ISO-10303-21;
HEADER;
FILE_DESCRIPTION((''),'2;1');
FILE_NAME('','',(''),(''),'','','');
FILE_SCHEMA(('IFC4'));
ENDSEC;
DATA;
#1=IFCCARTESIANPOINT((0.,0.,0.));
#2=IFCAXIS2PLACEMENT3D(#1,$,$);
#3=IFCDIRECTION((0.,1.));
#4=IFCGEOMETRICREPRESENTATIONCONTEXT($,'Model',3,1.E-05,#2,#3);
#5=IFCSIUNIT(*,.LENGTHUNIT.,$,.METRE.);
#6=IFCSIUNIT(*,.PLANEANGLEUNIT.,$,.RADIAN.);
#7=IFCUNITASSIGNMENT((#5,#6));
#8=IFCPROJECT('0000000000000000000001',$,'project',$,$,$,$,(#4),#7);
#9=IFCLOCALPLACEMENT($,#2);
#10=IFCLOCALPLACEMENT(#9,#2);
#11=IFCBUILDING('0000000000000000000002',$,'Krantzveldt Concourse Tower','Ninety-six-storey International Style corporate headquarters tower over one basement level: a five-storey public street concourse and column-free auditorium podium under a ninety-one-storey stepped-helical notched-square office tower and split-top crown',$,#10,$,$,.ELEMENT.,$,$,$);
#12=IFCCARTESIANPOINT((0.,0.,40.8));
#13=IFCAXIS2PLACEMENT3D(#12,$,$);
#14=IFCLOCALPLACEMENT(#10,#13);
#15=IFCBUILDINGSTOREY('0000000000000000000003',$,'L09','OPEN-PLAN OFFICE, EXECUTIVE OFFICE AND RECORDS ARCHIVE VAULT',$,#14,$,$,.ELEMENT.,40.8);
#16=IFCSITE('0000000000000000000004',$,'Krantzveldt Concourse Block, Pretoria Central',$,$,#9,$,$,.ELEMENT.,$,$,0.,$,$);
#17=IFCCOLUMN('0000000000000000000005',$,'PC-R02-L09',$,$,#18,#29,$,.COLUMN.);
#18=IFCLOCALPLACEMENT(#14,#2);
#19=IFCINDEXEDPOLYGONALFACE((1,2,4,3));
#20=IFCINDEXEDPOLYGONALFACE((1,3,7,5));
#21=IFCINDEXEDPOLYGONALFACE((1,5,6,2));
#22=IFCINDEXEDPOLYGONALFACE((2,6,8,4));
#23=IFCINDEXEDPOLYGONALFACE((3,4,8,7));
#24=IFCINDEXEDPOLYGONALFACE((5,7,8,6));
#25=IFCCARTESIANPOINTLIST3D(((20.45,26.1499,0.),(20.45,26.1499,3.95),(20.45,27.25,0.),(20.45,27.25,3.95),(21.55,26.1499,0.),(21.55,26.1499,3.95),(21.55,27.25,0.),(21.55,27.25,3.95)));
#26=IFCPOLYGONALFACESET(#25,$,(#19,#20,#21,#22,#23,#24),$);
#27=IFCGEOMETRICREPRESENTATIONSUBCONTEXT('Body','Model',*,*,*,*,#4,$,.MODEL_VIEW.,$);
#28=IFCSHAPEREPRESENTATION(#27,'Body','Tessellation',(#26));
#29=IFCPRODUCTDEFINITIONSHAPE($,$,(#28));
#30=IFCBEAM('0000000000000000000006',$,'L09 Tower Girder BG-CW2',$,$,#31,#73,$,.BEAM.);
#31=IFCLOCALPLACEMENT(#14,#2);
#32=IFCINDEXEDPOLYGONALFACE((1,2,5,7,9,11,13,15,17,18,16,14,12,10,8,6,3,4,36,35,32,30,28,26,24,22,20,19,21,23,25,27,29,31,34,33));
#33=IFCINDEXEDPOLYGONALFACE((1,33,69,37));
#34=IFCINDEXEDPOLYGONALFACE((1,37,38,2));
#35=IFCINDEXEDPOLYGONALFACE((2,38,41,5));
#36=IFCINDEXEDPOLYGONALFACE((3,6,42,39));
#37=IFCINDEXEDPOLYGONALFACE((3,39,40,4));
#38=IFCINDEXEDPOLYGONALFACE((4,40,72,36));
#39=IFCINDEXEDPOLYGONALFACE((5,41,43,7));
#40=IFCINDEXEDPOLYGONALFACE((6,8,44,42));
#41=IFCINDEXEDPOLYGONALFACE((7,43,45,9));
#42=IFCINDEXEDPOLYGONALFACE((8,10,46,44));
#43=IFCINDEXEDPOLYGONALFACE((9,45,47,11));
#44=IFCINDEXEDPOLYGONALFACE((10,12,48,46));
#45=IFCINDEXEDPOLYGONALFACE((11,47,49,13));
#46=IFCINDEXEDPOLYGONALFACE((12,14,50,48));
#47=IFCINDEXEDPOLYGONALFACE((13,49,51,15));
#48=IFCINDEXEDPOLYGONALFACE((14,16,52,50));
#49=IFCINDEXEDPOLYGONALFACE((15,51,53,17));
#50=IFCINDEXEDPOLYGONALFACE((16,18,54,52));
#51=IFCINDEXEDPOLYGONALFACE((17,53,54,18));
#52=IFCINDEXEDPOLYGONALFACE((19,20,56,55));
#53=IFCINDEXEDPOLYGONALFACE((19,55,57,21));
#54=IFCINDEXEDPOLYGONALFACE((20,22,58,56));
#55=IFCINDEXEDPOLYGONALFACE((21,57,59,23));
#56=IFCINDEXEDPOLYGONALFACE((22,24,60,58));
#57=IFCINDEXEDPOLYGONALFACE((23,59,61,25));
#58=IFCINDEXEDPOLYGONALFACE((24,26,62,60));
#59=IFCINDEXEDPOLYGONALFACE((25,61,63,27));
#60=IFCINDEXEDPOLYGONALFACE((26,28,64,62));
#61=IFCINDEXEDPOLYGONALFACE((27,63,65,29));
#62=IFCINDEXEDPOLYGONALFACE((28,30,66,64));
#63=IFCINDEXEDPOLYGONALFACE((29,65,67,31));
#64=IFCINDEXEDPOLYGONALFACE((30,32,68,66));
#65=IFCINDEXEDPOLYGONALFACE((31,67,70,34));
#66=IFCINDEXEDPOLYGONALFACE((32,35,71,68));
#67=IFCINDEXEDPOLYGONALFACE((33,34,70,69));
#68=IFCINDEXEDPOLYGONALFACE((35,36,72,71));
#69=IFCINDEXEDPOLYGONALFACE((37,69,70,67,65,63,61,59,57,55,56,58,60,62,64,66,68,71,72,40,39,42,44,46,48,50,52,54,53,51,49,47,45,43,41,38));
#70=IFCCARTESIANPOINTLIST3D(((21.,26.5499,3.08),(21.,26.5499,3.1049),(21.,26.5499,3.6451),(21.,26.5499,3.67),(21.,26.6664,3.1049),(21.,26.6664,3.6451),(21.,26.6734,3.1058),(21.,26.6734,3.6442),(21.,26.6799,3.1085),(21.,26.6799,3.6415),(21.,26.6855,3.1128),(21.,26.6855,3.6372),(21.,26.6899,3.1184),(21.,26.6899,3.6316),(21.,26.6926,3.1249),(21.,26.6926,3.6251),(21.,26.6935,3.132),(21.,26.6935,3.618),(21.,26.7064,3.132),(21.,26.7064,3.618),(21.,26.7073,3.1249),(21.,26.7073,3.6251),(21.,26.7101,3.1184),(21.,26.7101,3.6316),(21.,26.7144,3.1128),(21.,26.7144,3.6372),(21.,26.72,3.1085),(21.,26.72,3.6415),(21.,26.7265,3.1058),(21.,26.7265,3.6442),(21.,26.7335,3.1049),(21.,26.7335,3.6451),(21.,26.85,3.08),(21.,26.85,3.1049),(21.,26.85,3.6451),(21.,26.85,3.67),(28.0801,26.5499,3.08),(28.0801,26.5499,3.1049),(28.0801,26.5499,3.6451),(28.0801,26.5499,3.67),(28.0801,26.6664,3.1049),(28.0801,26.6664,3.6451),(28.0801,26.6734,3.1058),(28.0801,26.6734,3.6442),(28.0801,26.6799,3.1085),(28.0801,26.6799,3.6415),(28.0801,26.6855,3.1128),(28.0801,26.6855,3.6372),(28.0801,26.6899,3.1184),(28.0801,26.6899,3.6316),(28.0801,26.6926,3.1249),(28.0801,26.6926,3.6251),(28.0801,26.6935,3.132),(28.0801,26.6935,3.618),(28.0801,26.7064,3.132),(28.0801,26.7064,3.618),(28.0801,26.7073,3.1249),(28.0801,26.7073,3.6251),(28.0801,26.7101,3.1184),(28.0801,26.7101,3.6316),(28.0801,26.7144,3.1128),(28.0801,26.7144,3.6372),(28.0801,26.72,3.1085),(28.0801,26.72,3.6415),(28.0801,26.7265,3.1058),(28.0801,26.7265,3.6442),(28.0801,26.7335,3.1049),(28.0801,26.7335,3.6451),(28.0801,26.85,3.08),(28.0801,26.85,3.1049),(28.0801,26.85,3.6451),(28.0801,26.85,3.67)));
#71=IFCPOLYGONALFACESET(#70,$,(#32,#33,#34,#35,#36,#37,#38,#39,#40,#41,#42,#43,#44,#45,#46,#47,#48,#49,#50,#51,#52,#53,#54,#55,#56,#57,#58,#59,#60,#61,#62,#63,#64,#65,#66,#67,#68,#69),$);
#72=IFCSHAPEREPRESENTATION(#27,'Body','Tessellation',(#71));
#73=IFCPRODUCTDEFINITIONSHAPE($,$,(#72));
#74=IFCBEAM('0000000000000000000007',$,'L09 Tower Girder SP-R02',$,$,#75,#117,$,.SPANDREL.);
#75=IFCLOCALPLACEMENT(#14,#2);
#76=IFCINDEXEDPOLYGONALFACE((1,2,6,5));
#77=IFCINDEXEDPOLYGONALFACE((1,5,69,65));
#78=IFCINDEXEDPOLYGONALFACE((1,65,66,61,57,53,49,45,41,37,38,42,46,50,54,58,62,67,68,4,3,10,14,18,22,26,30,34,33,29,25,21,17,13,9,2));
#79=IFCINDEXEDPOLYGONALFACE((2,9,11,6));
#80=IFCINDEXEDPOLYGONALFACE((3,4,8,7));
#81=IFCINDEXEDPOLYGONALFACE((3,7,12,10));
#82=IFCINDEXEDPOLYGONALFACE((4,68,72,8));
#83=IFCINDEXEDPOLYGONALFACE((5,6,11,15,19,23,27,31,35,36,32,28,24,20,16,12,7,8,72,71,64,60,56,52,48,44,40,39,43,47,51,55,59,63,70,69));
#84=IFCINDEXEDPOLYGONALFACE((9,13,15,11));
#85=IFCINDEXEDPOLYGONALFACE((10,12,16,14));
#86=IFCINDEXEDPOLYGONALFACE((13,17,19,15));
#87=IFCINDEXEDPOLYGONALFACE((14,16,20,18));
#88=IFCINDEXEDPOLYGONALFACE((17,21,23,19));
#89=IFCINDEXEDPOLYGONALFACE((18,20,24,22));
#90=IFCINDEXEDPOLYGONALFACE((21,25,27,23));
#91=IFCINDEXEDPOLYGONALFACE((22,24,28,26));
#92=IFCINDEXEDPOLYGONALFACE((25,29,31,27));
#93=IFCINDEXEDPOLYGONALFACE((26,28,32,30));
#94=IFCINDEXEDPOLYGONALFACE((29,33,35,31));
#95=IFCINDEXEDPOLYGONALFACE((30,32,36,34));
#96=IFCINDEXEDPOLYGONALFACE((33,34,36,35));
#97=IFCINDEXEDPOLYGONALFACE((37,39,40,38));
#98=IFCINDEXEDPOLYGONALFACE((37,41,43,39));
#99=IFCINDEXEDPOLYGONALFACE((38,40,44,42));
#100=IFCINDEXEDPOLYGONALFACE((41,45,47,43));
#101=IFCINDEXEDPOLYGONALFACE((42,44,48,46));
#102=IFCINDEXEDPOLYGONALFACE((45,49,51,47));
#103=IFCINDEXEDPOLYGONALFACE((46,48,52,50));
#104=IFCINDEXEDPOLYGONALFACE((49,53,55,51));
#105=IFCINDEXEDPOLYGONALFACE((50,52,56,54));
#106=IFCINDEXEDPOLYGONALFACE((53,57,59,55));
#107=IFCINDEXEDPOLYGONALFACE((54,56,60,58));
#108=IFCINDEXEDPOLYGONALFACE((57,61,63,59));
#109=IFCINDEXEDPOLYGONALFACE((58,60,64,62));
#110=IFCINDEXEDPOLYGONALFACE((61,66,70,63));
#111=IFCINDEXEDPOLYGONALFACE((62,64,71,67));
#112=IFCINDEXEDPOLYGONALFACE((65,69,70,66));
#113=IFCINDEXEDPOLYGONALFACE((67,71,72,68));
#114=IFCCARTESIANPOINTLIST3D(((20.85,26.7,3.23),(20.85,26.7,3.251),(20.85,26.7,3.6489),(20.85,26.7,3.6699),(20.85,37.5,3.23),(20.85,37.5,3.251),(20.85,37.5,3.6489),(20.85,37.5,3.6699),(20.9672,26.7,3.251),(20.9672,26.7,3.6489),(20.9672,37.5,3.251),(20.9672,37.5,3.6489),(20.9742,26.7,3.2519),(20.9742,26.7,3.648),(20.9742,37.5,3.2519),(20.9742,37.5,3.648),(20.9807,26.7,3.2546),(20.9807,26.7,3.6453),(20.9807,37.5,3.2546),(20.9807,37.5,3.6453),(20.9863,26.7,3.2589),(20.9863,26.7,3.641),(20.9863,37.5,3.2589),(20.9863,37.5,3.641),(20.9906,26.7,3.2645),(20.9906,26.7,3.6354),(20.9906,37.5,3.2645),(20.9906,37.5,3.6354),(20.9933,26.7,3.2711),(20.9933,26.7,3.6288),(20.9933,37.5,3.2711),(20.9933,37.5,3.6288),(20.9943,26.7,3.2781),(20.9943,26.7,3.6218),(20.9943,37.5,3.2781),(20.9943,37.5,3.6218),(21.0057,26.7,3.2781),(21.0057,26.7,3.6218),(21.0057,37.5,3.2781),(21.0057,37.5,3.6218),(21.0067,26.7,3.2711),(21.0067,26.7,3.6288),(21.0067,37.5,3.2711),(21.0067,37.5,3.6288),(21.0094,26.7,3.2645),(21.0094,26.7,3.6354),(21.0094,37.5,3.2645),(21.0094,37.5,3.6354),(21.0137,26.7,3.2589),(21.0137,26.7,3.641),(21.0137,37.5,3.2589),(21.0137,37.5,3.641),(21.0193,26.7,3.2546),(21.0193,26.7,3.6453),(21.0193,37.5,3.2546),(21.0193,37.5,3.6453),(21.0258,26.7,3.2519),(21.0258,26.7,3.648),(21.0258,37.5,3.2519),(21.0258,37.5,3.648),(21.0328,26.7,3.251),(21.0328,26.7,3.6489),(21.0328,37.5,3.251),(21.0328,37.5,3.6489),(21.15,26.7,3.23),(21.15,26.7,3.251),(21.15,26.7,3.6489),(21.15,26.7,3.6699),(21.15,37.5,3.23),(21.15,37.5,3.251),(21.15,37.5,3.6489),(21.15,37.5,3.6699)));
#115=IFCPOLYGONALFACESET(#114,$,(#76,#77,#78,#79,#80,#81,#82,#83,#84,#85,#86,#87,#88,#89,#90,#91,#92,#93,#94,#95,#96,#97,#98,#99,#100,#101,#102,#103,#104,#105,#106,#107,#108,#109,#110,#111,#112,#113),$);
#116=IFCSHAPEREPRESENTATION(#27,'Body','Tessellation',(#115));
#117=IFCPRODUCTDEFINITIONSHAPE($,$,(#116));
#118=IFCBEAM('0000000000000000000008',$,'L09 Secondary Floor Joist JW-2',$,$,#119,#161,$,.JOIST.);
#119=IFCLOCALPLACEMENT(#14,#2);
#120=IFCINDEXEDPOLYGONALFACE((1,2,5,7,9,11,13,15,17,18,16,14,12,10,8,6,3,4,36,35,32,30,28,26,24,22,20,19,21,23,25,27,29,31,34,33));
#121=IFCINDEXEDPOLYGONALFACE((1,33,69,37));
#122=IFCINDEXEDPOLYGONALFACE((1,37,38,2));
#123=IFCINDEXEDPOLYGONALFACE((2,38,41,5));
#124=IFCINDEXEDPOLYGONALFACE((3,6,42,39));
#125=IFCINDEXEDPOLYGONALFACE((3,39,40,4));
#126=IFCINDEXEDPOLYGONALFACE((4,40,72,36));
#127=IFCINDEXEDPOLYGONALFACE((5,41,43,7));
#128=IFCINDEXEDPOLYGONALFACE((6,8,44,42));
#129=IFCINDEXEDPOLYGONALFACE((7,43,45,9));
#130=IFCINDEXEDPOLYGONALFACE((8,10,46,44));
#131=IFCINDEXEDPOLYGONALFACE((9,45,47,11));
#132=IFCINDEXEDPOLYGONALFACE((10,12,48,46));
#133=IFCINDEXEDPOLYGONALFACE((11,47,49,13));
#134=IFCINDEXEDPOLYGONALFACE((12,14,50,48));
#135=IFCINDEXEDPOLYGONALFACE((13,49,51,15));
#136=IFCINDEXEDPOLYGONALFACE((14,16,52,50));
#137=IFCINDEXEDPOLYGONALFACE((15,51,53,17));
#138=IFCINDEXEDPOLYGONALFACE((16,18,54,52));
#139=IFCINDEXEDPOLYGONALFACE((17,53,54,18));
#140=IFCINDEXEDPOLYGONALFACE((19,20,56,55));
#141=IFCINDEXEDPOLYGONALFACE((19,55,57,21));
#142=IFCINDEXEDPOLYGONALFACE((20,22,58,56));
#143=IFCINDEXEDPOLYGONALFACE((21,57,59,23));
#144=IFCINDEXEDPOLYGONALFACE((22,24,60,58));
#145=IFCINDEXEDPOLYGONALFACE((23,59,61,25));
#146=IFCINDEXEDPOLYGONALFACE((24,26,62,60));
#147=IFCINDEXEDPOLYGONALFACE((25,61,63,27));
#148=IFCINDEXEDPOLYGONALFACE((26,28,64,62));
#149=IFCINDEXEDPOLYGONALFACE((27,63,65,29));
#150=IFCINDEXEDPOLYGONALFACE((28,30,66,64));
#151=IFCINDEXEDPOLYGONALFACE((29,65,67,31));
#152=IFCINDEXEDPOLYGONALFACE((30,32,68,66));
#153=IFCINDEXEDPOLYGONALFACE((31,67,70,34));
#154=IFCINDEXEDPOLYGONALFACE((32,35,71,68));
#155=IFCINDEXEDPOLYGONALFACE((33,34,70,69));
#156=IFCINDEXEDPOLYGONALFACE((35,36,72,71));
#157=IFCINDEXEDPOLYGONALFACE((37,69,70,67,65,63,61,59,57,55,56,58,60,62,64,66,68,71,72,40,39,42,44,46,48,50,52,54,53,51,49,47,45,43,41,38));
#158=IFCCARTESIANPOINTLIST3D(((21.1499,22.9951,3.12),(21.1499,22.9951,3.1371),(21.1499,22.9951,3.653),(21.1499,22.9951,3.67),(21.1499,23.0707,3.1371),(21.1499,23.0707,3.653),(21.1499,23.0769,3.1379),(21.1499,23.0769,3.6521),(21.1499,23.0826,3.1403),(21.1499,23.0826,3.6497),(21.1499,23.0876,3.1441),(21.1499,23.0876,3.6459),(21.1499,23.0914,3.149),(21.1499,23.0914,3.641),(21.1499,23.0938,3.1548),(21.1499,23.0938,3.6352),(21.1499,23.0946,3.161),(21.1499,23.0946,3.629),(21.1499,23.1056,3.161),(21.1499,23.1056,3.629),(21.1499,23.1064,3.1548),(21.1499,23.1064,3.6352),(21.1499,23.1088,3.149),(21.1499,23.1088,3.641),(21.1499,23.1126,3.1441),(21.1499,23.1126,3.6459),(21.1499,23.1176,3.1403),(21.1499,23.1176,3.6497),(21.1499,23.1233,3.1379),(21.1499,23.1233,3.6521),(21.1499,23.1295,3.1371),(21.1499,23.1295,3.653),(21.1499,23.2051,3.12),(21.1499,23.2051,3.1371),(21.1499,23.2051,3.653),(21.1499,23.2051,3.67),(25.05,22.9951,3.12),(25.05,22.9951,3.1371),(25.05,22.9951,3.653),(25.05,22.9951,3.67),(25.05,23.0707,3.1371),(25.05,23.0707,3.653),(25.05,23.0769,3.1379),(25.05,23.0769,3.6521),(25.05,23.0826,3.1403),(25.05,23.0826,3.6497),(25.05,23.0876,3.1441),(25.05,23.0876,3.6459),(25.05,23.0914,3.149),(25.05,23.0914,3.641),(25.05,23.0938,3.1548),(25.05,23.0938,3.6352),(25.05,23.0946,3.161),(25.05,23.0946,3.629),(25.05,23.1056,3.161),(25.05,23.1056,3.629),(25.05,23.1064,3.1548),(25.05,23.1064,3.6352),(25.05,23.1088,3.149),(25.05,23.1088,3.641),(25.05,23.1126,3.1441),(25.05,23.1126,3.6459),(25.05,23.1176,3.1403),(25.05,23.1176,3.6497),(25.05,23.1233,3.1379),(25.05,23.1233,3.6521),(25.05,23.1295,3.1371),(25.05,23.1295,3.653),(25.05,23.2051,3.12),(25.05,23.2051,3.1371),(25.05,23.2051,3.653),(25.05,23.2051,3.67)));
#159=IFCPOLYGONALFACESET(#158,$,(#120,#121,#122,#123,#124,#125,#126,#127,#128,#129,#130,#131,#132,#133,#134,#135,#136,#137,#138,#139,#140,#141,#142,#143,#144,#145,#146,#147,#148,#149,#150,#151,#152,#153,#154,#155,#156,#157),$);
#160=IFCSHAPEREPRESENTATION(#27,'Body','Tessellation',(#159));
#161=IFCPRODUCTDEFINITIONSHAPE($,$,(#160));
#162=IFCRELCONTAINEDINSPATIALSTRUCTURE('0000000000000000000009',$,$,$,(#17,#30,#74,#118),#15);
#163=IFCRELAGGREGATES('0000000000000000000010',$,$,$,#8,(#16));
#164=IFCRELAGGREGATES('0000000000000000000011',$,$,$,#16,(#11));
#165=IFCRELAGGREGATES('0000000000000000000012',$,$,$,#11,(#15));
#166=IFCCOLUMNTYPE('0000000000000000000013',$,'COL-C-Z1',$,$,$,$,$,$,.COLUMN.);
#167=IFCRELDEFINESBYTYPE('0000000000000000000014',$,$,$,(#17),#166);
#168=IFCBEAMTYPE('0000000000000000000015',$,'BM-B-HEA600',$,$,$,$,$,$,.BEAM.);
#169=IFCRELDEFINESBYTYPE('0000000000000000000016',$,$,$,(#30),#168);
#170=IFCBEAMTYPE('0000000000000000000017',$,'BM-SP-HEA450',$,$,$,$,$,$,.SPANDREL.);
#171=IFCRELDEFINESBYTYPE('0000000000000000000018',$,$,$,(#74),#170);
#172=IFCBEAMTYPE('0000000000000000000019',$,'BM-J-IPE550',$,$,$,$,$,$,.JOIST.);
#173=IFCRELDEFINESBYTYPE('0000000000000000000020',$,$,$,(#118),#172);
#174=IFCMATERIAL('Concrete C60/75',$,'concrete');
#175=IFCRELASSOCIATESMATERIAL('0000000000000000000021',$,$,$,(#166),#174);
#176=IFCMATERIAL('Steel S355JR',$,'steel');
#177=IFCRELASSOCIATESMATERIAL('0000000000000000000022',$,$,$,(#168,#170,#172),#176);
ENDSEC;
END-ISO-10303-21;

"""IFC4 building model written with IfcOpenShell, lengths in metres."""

from ifc_helpers import new_model, si_unit, direction, frame, origin, origin_2d, place, context, subcontext, project, spatial, rectangle, i_section, extrude, source, transform, mapped, material, material_profile, profile_set, type_object, type_shapes, element, save


model = new_model("IFC4")

# Units and contexts
model_context = context("Model", 3, precision=1e-05, world=origin(), true_north=direction((0.0, 1.0)))
body_context = subcontext(model_context, "Body", "Model", "MODEL_VIEW")
ifc_project = project(units=[si_unit("LENGTHUNIT", "METRE"), si_unit("PLANEANGLEUNIT", "RADIAN")], contexts=[model_context])

# Site, building, storey
site_placement = place(None, origin())
site = spatial("IfcSite", under=ifc_project, at=site_placement, Name="Krantzveldt Concourse Block, Pretoria Central", CompositionType="ELEMENT", RefElevation=0.0)
building_placement = place(site_placement, origin())
building = spatial("IfcBuilding", under=site, at=building_placement, Name="Krantzveldt Concourse Tower", Description="Ninety-six-storey International Style corporate headquarters tower over one basement level: a five-storey public street concourse and column-free auditorium podium under a ninety-one-storey stepped-helical notched-square office tower and split-top crown", CompositionType="ELEMENT")
storey_placement = place(building_placement, frame((0.0, 0.0, 40.8)))
storey = spatial("IfcBuildingStorey", under=building, at=storey_placement, Name="L09", Description="OPEN-PLAN OFFICE, EXECUTIVE OFFICE AND RECORDS ARCHIVE VAULT", CompositionType="ELEMENT", Elevation=40.8)

# Column
ifc_material_1 = material(Name="Concrete C60/75", Category="concrete")
ifc_material_profile_1 = material_profile(ifc_material_1, rectangle(XDim=1.1001, YDim=1.1001, at=origin_2d()), Name="Concrete C60/75", Category="concrete")
ifc_profile_set_1 = profile_set([ifc_material_profile_1], Name="Concrete C60/75 - RC 1100x1100")
column_type = type_object("IfcColumnType", Name="COL-C-Z1", PredefinedType="COLUMN", material=ifc_profile_set_1)
shared_shape_1 = source(origin(), body_context, "Body", "SweptSolid", [
    extrude(rectangle(XDim=1.1001, YDim=1.1001, at=origin_2d()), origin(), (0.0, 0.0, 1.0), 3.95),
])
type_shapes(column_type, [shared_shape_1])
column_placement = place(storey_placement, frame((21.0, 26.7, 0.0), z_axis=(0.0, 0.0, 1.0), x_axis=(1.0, 0.0, 0.0)))
element("IfcColumn", 1, at=column_placement, inside=storey, type_object=column_type, Name="PC-R02-L09", PredefinedType="COLUMN", context=body_context, shape_type="MappedRepresentation", body=[
    mapped(shared_shape_1, transform((0.0, 0.0, 0.0), x_axis=(1.0, 0.0, 0.0), y_axis=(0.0, 1.0, 0.0), z_axis=(0.0, 0.0, 1.0), scale=1.0)),
])

# Beams
ifc_material_2 = material(Name="Steel S355JR", Category="steel")
ifc_material_profile_2 = material_profile(ifc_material_2, i_section(OverallWidth=0.3, OverallDepth=0.5901, WebThickness=0.0129, FlangeThickness=0.0249, FilletRadius=0.0271, at=origin_2d()), Name="Steel S355JR", Category="steel")
ifc_profile_set_2 = profile_set([ifc_material_profile_2], Name="Steel S355JR - HEA 600")
beam_type_1 = type_object("IfcBeamType", Name="BM-B-HEA600", PredefinedType="BEAM", material=ifc_profile_set_2)
shared_shape_2 = source(origin(), body_context, "Body", "SweptSolid", [
    extrude(i_section(OverallWidth=0.3, OverallDepth=0.5901, WebThickness=0.0129, FlangeThickness=0.0249, FilletRadius=0.0271, at=origin_2d()), origin(), (0.0, 0.0, 1.0), 7.0801),
])
type_shapes(beam_type_1, [shared_shape_2])
beam_1_placement = place(storey_placement, frame((21.0, 26.7, 3.375), z_axis=(1.0, 0.0, 0.0), x_axis=(0.0, 1.0, 0.0)))
element("IfcBeam", 2, at=beam_1_placement, inside=storey, type_object=beam_type_1, Name="L09 Tower Girder BG-CW2", PredefinedType="BEAM", context=body_context, shape_type="MappedRepresentation", body=[
    mapped(shared_shape_2, transform((0.0, 0.0, 0.0), x_axis=(1.0, 0.0, 0.0), y_axis=(0.0, 1.0, 0.0), z_axis=(0.0, 0.0, 1.0), scale=1.0)),
])
ifc_material_profile_3 = material_profile(ifc_material_2, i_section(OverallWidth=0.3, OverallDepth=0.4399, WebThickness=0.0115, FlangeThickness=0.021, FilletRadius=0.0271, at=origin_2d()), Name="Steel S355JR", Category="steel")
ifc_profile_set_3 = profile_set([ifc_material_profile_3], Name="Steel S355JR - HEA 450")
beam_type_2 = type_object("IfcBeamType", Name="BM-SP-HEA450", PredefinedType="SPANDREL", material=ifc_profile_set_3)
shared_shape_3 = source(origin(), body_context, "Body", "SweptSolid", [
    extrude(i_section(OverallWidth=0.3, OverallDepth=0.4399, WebThickness=0.0115, FlangeThickness=0.021, FilletRadius=0.0271, at=origin_2d()), origin(), (0.0, 0.0, 1.0), 10.8),
])
type_shapes(beam_type_2, [shared_shape_3])
beam_2_placement = place(storey_placement, frame((21.0, 26.7, 3.45), z_axis=(0.0, 1.0, 0.0), x_axis=(-1.0, 0.0, 0.0)))
element("IfcBeam", 3, at=beam_2_placement, inside=storey, type_object=beam_type_2, Name="L09 Tower Girder SP-R02", PredefinedType="SPANDREL", context=body_context, shape_type="MappedRepresentation", body=[
    mapped(shared_shape_3, transform((0.0, 0.0, 0.0), x_axis=(1.0, 0.0, 0.0), y_axis=(0.0, 1.0, 0.0), z_axis=(0.0, 0.0, 1.0), scale=1.0)),
])
ifc_material_profile_4 = material_profile(ifc_material_2, i_section(OverallWidth=0.21, OverallDepth=0.55, WebThickness=0.011, FlangeThickness=0.0171, FilletRadius=0.0239, at=origin_2d()), Name="Steel S355JR", Category="steel")
ifc_profile_set_4 = profile_set([ifc_material_profile_4], Name="Steel S355JR - IPE 550")
beam_type_3 = type_object("IfcBeamType", Name="BM-J-IPE550", PredefinedType="JOIST", material=ifc_profile_set_4)
shared_shape_4 = source(origin(), body_context, "Body", "SweptSolid", [
    extrude(i_section(OverallWidth=0.21, OverallDepth=0.55, WebThickness=0.011, FlangeThickness=0.0171, FilletRadius=0.0239, at=origin_2d()), origin(), (0.0, 0.0, 1.0), 3.9001),
])
type_shapes(beam_type_3, [shared_shape_4])
for number, where, z_axis, x_axis, name in (
    (4, (21.1499, 23.1001, 3.395), (1.0, 0.0, 0.0), (0.0, 1.0, 0.0), "L09 Secondary Floor Joist JW-2"),
):
    element("IfcBeam", number, at=place(storey_placement, frame(where, z_axis=z_axis, x_axis=x_axis)), inside=storey, type_object=beam_type_3, Name=name, PredefinedType="JOIST", context=body_context, shape_type="MappedRepresentation", body=[
        mapped(shared_shape_4, transform((0.0, 0.0, 0.0), x_axis=(1.0, 0.0, 0.0), y_axis=(0.0, 1.0, 0.0), z_axis=(0.0, 0.0, 1.0), scale=1.0)),
    ])

save(model, "model.ifc")
